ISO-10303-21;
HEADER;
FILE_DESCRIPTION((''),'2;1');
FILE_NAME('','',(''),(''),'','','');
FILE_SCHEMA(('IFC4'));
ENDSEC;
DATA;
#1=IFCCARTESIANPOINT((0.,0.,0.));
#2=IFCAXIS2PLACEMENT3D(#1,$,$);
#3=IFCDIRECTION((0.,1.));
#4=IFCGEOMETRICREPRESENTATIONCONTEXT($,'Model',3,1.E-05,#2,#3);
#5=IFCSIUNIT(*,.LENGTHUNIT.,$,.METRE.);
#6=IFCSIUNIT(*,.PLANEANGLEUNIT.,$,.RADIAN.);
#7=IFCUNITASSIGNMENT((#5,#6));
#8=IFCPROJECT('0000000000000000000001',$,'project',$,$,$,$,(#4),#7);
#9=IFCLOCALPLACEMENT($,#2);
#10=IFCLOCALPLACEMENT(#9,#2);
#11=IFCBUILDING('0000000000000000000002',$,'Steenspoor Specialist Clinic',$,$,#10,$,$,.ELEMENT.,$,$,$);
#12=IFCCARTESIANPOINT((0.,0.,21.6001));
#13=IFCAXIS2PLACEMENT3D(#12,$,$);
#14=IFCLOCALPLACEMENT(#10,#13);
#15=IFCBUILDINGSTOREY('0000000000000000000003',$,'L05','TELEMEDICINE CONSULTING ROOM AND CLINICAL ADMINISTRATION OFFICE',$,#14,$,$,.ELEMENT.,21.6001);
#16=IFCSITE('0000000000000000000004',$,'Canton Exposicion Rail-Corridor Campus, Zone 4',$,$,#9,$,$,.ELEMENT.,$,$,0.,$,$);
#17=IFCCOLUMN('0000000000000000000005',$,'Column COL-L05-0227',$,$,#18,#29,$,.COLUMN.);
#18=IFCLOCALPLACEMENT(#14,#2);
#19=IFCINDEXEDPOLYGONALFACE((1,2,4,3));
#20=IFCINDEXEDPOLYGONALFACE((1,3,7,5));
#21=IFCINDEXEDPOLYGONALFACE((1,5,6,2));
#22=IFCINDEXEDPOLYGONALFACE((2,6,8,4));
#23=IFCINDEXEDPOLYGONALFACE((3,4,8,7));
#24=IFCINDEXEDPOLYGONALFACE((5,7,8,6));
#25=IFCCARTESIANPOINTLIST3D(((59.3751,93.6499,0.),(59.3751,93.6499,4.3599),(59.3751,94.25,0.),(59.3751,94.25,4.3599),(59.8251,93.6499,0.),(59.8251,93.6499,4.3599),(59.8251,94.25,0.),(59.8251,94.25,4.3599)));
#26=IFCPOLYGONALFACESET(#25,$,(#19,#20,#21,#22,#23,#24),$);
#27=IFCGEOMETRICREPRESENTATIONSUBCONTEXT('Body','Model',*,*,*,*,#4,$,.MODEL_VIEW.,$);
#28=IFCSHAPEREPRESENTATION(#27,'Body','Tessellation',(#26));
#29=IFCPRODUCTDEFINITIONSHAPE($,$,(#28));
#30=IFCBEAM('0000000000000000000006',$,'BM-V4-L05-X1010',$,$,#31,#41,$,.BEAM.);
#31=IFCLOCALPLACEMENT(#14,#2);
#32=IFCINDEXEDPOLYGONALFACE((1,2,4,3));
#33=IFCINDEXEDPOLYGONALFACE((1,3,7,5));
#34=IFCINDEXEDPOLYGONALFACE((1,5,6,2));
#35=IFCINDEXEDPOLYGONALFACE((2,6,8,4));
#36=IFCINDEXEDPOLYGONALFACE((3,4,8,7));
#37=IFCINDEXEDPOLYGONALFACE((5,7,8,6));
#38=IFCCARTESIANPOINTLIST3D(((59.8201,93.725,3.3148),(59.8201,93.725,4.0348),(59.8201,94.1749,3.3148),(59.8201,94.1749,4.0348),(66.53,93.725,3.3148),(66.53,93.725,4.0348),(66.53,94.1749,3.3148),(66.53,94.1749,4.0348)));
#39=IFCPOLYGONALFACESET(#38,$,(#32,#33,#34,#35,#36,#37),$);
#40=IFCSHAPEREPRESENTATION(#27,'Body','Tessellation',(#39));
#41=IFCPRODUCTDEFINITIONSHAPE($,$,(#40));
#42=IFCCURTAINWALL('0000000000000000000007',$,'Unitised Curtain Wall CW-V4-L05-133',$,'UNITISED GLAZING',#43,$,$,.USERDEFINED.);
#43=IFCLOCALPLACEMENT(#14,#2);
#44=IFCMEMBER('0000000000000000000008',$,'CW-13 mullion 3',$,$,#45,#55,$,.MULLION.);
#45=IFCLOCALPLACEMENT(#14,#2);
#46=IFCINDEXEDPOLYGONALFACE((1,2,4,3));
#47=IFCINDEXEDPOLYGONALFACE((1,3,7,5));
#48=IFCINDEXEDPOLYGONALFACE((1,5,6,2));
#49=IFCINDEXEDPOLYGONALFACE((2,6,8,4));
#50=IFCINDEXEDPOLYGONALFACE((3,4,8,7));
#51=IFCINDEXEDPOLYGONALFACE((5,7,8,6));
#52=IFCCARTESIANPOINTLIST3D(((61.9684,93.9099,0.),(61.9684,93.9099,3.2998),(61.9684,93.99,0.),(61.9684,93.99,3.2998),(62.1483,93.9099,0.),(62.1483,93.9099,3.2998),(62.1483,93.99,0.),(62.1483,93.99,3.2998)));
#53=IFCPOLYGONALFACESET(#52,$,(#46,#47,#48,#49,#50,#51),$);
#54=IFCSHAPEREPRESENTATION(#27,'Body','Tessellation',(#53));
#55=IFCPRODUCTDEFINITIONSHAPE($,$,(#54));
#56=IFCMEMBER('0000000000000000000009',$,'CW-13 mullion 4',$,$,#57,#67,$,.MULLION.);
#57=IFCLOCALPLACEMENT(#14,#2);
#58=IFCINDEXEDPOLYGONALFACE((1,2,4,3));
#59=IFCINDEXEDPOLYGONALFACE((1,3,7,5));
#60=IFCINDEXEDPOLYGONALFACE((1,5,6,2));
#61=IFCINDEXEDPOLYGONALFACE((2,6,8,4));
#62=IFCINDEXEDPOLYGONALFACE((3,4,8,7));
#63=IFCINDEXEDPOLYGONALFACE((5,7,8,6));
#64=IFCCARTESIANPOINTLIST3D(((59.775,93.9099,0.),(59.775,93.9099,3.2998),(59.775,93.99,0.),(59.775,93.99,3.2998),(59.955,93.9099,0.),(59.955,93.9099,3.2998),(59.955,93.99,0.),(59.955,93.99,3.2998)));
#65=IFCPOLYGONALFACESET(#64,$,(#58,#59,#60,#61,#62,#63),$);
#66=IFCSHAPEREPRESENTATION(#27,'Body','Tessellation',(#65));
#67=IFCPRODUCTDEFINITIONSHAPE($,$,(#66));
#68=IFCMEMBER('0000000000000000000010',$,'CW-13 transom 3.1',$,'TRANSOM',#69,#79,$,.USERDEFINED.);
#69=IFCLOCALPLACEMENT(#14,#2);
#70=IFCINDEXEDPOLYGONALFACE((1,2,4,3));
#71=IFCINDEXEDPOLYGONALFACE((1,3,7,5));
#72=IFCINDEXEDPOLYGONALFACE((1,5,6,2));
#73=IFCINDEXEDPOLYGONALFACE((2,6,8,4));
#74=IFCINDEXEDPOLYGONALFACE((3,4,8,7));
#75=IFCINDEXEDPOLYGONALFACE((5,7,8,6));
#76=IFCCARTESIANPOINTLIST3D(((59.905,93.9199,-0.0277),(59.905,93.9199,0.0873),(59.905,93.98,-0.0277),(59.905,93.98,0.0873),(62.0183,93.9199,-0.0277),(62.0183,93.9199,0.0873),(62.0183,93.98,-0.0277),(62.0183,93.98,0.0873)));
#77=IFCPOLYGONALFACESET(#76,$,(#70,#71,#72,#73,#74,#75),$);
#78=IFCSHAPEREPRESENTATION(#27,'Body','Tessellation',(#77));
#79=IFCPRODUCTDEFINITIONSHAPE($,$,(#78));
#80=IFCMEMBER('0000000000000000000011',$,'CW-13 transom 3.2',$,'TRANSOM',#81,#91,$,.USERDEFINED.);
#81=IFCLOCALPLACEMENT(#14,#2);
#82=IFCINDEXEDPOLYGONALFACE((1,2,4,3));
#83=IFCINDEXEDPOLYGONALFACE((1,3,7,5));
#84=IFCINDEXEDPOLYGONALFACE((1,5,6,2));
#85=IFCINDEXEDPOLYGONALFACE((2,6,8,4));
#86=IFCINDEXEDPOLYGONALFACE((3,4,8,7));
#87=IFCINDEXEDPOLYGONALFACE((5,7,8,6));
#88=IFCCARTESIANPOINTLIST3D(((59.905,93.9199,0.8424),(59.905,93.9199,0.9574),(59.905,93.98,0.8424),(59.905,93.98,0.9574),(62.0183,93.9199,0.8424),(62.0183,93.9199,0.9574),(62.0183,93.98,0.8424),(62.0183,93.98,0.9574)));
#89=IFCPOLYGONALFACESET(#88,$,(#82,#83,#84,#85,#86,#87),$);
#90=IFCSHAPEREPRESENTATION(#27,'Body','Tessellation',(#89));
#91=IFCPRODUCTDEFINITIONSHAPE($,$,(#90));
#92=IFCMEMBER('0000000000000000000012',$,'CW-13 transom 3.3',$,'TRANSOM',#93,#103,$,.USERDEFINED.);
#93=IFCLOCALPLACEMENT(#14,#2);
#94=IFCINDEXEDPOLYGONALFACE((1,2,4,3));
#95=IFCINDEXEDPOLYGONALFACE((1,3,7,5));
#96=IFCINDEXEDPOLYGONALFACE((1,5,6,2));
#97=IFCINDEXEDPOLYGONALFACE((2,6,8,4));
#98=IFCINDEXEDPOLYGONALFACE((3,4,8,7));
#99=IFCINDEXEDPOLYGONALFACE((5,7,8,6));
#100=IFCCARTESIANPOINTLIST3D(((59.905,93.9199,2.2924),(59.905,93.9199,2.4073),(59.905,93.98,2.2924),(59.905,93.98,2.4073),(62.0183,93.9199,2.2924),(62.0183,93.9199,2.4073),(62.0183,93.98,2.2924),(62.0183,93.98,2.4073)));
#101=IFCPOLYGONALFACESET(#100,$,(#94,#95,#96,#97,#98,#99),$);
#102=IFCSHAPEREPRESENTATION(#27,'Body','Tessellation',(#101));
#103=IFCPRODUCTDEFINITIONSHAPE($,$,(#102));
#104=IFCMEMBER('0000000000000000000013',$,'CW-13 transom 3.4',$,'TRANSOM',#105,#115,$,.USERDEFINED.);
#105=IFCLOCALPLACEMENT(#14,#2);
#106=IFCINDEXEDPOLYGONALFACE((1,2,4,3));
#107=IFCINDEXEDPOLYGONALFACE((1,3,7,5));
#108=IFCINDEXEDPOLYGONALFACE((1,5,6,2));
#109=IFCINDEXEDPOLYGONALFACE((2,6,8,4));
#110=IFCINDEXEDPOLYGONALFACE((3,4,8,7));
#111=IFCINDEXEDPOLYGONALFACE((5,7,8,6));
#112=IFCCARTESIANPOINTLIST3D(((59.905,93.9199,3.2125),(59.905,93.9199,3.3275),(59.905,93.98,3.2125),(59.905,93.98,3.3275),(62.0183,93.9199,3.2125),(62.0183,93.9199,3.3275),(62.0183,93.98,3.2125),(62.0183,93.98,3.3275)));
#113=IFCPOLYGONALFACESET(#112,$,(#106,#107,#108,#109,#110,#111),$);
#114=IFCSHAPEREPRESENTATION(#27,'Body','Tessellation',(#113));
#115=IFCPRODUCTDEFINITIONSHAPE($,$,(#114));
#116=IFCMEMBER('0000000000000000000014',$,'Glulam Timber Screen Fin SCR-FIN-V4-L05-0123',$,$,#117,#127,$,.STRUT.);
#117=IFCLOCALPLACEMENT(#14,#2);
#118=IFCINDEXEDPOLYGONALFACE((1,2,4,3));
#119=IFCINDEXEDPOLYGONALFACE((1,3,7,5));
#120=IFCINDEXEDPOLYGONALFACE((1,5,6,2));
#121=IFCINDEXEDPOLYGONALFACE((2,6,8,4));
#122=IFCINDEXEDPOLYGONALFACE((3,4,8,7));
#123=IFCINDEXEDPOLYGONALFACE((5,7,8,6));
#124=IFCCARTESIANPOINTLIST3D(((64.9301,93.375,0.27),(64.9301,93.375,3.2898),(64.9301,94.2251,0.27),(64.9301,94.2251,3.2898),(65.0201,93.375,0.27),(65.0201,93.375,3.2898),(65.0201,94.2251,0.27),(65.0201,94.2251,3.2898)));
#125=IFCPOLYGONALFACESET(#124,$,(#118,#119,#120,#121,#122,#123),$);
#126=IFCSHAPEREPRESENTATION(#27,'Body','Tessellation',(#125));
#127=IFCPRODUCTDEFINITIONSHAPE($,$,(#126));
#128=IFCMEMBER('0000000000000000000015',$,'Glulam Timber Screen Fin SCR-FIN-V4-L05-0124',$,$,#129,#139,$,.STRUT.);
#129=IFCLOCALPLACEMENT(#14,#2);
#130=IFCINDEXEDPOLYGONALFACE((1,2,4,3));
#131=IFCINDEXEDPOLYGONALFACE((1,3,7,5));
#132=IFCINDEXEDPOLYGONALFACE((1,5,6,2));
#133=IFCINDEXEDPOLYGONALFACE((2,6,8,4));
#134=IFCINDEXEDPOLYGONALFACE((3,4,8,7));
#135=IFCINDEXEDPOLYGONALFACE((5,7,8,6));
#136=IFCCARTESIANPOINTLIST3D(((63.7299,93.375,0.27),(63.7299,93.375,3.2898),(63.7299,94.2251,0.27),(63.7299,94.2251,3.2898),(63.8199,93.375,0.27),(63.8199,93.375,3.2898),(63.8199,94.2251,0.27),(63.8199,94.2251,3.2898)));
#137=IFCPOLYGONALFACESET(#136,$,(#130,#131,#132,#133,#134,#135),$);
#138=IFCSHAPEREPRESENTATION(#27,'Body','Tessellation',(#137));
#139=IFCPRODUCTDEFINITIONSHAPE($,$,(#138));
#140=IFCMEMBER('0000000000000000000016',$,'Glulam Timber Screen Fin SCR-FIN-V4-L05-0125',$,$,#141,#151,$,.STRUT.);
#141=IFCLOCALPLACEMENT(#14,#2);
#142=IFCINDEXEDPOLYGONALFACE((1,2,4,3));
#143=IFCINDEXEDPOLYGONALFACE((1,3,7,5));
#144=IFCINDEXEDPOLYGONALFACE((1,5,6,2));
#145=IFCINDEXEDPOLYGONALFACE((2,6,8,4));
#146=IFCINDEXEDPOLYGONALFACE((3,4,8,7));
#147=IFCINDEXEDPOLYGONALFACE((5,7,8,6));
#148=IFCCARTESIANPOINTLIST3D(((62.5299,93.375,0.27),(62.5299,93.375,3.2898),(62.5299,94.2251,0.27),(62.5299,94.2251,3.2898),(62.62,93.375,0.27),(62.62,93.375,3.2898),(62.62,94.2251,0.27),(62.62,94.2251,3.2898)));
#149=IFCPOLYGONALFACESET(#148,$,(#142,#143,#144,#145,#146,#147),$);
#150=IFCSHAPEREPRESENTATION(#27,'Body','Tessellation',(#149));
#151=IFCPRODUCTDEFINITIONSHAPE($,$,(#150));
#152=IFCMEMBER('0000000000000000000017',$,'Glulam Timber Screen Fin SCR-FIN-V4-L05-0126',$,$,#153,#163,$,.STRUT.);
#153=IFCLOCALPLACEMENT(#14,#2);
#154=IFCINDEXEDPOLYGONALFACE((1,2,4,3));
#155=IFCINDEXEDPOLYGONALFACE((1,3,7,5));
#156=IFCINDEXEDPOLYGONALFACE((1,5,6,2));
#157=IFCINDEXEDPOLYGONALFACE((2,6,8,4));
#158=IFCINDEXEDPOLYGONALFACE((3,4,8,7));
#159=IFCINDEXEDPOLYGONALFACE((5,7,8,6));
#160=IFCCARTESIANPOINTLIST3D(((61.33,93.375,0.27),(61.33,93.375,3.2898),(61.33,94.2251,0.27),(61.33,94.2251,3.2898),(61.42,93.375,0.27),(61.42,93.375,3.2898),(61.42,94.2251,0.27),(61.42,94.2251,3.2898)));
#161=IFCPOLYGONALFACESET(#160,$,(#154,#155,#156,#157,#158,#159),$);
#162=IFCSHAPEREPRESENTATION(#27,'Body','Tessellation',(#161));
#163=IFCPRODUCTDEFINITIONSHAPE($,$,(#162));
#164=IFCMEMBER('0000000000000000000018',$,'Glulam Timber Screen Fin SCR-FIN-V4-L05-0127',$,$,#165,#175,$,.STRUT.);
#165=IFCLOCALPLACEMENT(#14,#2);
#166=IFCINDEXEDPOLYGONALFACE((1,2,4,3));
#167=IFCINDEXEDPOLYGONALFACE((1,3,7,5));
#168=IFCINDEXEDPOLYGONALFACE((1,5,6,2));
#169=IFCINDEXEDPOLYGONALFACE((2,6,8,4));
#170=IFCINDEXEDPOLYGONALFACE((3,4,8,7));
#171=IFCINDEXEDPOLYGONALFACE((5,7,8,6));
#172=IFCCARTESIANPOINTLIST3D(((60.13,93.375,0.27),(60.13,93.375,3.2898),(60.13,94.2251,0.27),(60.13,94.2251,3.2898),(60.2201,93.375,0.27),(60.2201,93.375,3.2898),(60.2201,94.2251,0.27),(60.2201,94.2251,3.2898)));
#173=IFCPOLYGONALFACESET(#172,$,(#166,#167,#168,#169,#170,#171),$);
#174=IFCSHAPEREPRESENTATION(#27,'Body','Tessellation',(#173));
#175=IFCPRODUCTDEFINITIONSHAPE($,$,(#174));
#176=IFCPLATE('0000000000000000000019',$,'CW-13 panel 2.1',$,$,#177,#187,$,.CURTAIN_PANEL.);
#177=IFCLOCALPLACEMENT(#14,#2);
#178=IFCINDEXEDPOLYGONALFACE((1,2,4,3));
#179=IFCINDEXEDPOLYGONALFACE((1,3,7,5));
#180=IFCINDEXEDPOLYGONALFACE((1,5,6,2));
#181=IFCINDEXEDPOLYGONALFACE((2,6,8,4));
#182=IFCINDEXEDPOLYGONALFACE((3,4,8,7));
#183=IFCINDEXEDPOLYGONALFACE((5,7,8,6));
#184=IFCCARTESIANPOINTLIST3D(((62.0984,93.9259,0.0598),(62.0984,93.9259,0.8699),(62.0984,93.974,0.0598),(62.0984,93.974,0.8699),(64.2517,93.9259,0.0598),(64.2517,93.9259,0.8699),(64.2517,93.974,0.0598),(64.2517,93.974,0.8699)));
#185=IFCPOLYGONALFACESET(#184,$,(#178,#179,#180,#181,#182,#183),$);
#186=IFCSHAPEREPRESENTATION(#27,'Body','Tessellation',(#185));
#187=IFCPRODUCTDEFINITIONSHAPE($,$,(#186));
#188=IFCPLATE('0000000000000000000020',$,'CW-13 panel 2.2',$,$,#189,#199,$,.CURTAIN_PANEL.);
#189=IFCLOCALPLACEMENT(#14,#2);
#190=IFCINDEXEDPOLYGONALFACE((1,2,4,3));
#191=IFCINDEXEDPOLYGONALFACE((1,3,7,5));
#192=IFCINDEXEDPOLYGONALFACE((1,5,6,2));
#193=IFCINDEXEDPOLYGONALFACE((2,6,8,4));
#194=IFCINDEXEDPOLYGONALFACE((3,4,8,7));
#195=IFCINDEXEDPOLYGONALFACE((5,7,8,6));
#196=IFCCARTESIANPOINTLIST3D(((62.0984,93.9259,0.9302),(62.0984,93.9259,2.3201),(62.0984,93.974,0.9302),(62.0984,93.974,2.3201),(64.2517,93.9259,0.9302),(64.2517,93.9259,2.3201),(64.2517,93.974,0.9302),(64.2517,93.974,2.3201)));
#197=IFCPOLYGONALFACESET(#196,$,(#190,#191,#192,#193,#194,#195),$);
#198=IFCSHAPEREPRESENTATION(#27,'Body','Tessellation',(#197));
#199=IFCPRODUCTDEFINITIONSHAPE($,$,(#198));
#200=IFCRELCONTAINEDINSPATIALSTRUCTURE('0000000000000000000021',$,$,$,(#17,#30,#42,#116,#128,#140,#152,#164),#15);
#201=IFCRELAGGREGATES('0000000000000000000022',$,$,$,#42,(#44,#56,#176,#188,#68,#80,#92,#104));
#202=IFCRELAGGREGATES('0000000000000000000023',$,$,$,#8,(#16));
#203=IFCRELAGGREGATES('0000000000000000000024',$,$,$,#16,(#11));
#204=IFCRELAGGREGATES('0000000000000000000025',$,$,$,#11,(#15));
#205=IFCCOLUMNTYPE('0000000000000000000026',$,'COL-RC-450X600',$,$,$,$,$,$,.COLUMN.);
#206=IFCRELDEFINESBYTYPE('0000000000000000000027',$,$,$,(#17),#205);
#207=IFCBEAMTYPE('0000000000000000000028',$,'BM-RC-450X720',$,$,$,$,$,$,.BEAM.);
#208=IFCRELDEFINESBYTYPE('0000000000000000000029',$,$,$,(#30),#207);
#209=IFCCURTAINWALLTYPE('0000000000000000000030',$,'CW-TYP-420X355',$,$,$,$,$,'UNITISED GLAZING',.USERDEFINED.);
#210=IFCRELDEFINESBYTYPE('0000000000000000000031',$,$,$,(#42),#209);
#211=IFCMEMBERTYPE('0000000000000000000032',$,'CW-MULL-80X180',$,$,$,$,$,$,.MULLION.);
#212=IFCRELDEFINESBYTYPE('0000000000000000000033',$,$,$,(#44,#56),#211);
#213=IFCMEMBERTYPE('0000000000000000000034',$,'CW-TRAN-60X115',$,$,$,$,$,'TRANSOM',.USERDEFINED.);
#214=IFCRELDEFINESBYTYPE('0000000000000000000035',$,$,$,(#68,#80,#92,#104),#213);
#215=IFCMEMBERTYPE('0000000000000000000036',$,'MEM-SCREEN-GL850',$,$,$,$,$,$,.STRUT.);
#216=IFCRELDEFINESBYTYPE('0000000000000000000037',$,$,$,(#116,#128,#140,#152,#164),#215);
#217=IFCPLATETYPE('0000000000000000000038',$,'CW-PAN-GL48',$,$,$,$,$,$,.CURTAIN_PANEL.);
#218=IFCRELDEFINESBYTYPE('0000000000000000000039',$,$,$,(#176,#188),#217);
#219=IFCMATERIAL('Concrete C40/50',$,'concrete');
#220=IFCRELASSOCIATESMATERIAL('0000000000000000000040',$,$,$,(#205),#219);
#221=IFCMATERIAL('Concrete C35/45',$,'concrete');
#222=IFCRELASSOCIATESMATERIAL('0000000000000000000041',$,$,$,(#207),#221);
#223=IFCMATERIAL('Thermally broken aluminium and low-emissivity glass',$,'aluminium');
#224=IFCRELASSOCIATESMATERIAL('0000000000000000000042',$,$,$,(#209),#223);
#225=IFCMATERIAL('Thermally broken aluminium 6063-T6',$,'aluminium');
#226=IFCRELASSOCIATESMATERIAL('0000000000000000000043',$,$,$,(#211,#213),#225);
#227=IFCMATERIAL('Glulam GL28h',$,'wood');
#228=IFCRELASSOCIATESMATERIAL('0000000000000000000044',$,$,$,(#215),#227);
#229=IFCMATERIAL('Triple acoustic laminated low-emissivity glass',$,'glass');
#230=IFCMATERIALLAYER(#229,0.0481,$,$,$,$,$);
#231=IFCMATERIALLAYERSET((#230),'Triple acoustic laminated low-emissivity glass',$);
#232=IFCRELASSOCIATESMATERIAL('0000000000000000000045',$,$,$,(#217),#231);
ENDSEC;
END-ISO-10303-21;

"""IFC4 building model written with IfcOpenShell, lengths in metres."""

from ifc_helpers import new_model, si_unit, direction, frame, origin, origin_2d, place, context, subcontext, project, spatial, rectangle, extrude, material, layer, layer_set, material_profile, profile_set, type_object, element, aggregate, save


model = new_model("IFC4")

# Units and contexts
model_context = context("Model", 3, precision=1e-05, world=origin(), true_north=direction((0.0, 1.0)))
body_context = subcontext(model_context, "Body", "Model", "MODEL_VIEW")
ifc_project = project(units=[si_unit("LENGTHUNIT", "METRE"), si_unit("PLANEANGLEUNIT", "RADIAN")], contexts=[model_context])

# Site, building, storey
site_placement = place(None, origin())
site = spatial("IfcSite", under=ifc_project, at=site_placement, Name="Canton Exposicion Rail-Corridor Campus, Zone 4", CompositionType="ELEMENT", RefElevation=0.0)
building_placement = place(site_placement, origin())
building = spatial("IfcBuilding", under=site, at=building_placement, Name="Steenspoor Specialist Clinic", CompositionType="ELEMENT")
storey_placement = place(building_placement, frame((0.0, 0.0, 21.6001)))
storey = spatial("IfcBuildingStorey", under=building, at=storey_placement, Name="L05", Description="TELEMEDICINE CONSULTING ROOM AND CLINICAL ADMINISTRATION OFFICE", CompositionType="ELEMENT", Elevation=21.6001)

# Column
ifc_material_1 = material(Name="Concrete C40/50", Category="concrete")
ifc_material_profile_1 = material_profile(ifc_material_1, rectangle(XDim=0.45, YDim=0.6001, at=origin_2d()), Name="RC-COL-450X600")
ifc_profile_set_1 = profile_set([ifc_material_profile_1], Name="Concrete C40/50")
column_type = type_object("IfcColumnType", Name="COL-RC-450X600", PredefinedType="COLUMN", material=ifc_profile_set_1)
column_placement = place(storey_placement, frame((59.6001, 93.95, 0.0), z_axis=(0.0, 0.0, 1.0), x_axis=(1.0, 0.0, 0.0)))
element("IfcColumn", 1, at=column_placement, inside=storey, type_object=column_type, Name="Column COL-L05-0227", PredefinedType="COLUMN", context=body_context, shape_type="SweptSolid", body=[
    extrude(rectangle(XDim=0.45, YDim=0.6001, at=origin_2d()), origin(), (0.0, 0.0, 1.0), 4.3599),
])

# Beam
ifc_material_2 = material(Name="Concrete C35/45", Category="concrete")
ifc_material_profile_2 = material_profile(ifc_material_2, rectangle(XDim=0.45, YDim=0.72, at=origin_2d()), Name="RC-BM-450X720")
ifc_profile_set_2 = profile_set([ifc_material_profile_2], Name="Concrete C35/45")
beam_type = type_object("IfcBeamType", Name="BM-RC-450X720", PredefinedType="BEAM", material=ifc_profile_set_2)
beam_placement = place(storey_placement, frame((59.8201, 93.95, 3.6748), z_axis=(1.0, 0.0, 0.0), x_axis=(0.0, 1.0, 0.0)))
element("IfcBeam", 2, at=beam_placement, inside=storey, type_object=beam_type, Name="BM-V4-L05-X1010", PredefinedType="BEAM", context=body_context, shape_type="SweptSolid", body=[
    extrude(rectangle(XDim=0.45, YDim=0.72, at=origin_2d()), origin(), (0.0, 0.0, 1.0), 6.71),
])

# Curtain wall, members
ifc_material_3 = material(Name="Thermally broken aluminium and low-emissivity glass", Category="aluminium")
curtain_wall_type = type_object("IfcCurtainWallType", Name="CW-TYP-420X355", ElementType="UNITISED GLAZING", PredefinedType="USERDEFINED", material=ifc_material_3)
curtain_wall_placement = place(storey_placement, origin())
curtain_wall = element("IfcCurtainWall", 3, at=curtain_wall_placement, inside=storey, type_object=curtain_wall_type, Name="Unitised Curtain Wall CW-V4-L05-133", ObjectType="UNITISED GLAZING", PredefinedType="USERDEFINED")
ifc_material_4 = material(Name="Thermally broken aluminium 6063-T6", Category="aluminium")
ifc_material_profile_3 = material_profile(ifc_material_4, rectangle(XDim=0.0801, YDim=0.1799, at=origin_2d()), Name="CWM-80X180")
ifc_profile_set_3 = profile_set([ifc_material_profile_3], Name="Thermally broken aluminium 6063-T6")
member_type_1 = type_object("IfcMemberType", Name="CW-MULL-80X180", PredefinedType="MULLION", material=ifc_profile_set_3)
member_1_placement = place(storey_placement, frame((62.0583, 93.95, 0.0), z_axis=(0.0, 0.0, 1.0), x_axis=(0.0, -1.0, 0.0)))
member_1 = element("IfcMember", 4, at=member_1_placement, type_object=member_type_1, Name="CW-13 mullion 3", PredefinedType="MULLION", context=body_context, shape_type="SweptSolid", body=[
    extrude(rectangle(XDim=0.0801, YDim=0.1799, at=origin_2d()), origin(), (0.0, 0.0, 1.0), 3.2998),
])
member_2_placement = place(storey_placement, frame((59.865, 93.95, 0.0), z_axis=(0.0, 0.0, 1.0), x_axis=(0.0, -1.0, 0.0)))
member_2 = element("IfcMember", 5, at=member_2_placement, type_object=member_type_1, Name="CW-13 mullion 4", PredefinedType="MULLION", context=body_context, shape_type="SweptSolid", body=[
    extrude(rectangle(XDim=0.0801, YDim=0.1799, at=origin_2d()), origin(), (0.0, 0.0, 1.0), 3.2998),
])
ifc_material_profile_4 = material_profile(ifc_material_4, rectangle(XDim=0.0601, YDim=0.115, at=origin_2d()), Name="CWT-60X115")
ifc_profile_set_4 = profile_set([ifc_material_profile_4], Name="Thermally broken aluminium 6063-T6")
member_type_2 = type_object("IfcMemberType", Name="CW-TRAN-60X115", ElementType="TRANSOM", PredefinedType="USERDEFINED", material=ifc_profile_set_4)
member_3_placement = place(storey_placement, frame((62.0183, 93.95, 0.0298), z_axis=(-1.0, 0.0, 0.0), x_axis=(0.0, -1.0, 0.0)))
member_3 = element("IfcMember", 6, at=member_3_placement, type_object=member_type_2, Name="CW-13 transom 3.1", ObjectType="TRANSOM", PredefinedType="USERDEFINED", context=body_context, shape_type="SweptSolid", body=[
    extrude(rectangle(XDim=0.0601, YDim=0.115, at=origin_2d()), origin(), (0.0, 0.0, 1.0), 2.1133),
])
member_4_placement = place(storey_placement, frame((62.0183, 93.95, 0.8999), z_axis=(-1.0, 0.0, 0.0), x_axis=(0.0, -1.0, 0.0)))
member_4 = element("IfcMember", 7, at=member_4_placement, type_object=member_type_2, Name="CW-13 transom 3.2", ObjectType="TRANSOM", PredefinedType="USERDEFINED", context=body_context, shape_type="SweptSolid", body=[
    extrude(rectangle(XDim=0.0601, YDim=0.115, at=origin_2d()), origin(), (0.0, 0.0, 1.0), 2.1133),
])
member_5_placement = place(storey_placement, frame((62.0183, 93.95, 2.3499), z_axis=(-1.0, 0.0, 0.0), x_axis=(0.0, -1.0, 0.0)))
member_5 = element("IfcMember", 8, at=member_5_placement, type_object=member_type_2, Name="CW-13 transom 3.3", ObjectType="TRANSOM", PredefinedType="USERDEFINED", context=body_context, shape_type="SweptSolid", body=[
    extrude(rectangle(XDim=0.0601, YDim=0.115, at=origin_2d()), origin(), (0.0, 0.0, 1.0), 2.1133),
])
member_6_placement = place(storey_placement, frame((62.0183, 93.95, 3.27), z_axis=(-1.0, 0.0, 0.0), x_axis=(0.0, -1.0, 0.0)))
member_6 = element("IfcMember", 9, at=member_6_placement, type_object=member_type_2, Name="CW-13 transom 3.4", ObjectType="TRANSOM", PredefinedType="USERDEFINED", context=body_context, shape_type="SweptSolid", body=[
    extrude(rectangle(XDim=0.0601, YDim=0.115, at=origin_2d()), origin(), (0.0, 0.0, 1.0), 2.1133),
])

# Members
ifc_material_5 = material(Name="Glulam GL28h", Category="wood")
ifc_material_profile_5 = material_profile(ifc_material_5, rectangle(XDim=0.0901, YDim=0.8501, at=origin_2d()), Name="GL28H-90X850")
ifc_profile_set_5 = profile_set([ifc_material_profile_5], Name="Glulam GL28h")
member_type_3 = type_object("IfcMemberType", Name="MEM-SCREEN-GL850", PredefinedType="STRUT", material=ifc_profile_set_5)
for number, where, z_axis, x_axis, name in (
    (10, (64.9751, 93.8, 0.27), (0.0, 0.0, 1.0), (-1.0, 0.0, 0.0), "Glulam Timber Screen Fin SCR-FIN-V4-L05-0123"),
    (11, (63.7749, 93.8, 0.27), (0.0, 0.0, 1.0), (-1.0, 0.0, 0.0), "Glulam Timber Screen Fin SCR-FIN-V4-L05-0124"),
    (12, (62.575, 93.8, 0.27), (0.0, 0.0, 1.0), (-1.0, 0.0, 0.0), "Glulam Timber Screen Fin SCR-FIN-V4-L05-0125"),
    (13, (61.375, 93.8, 0.27), (0.0, 0.0, 1.0), (-1.0, 0.0, 0.0), "Glulam Timber Screen Fin SCR-FIN-V4-L05-0126"),
    (14, (60.175, 93.8, 0.27), (0.0, 0.0, 1.0), (-1.0, 0.0, 0.0), "Glulam Timber Screen Fin SCR-FIN-V4-L05-0127"),
):
    element("IfcMember", number, at=place(storey_placement, frame(where, z_axis=z_axis, x_axis=x_axis)), inside=storey, type_object=member_type_3, Name=name, PredefinedType="STRUT", context=body_context, shape_type="SweptSolid", body=[
        extrude(rectangle(XDim=0.0901, YDim=0.8501, at=origin_2d()), origin(), (0.0, 0.0, 1.0), 3.0198),
    ])

# Plates
ifc_material_6 = material(Name="Triple acoustic laminated low-emissivity glass", Category="glass")
ifc_layer = layer(ifc_material_6, 0.0481)
ifc_layer_set = layer_set([ifc_layer], Name="Triple acoustic laminated low-emissivity glass")
plate_type = type_object("IfcPlateType", Name="CW-PAN-GL48", PredefinedType="CURTAIN_PANEL", material=ifc_layer_set)
plate_1_placement = place(storey_placement, frame((63.175, 93.95, 0.0598), z_axis=(0.0, 0.0, 1.0), x_axis=(-1.0, 0.0, 0.0)))
plate_1 = element("IfcPlate", 15, at=plate_1_placement, type_object=plate_type, Name="CW-13 panel 2.1", PredefinedType="CURTAIN_PANEL", context=body_context, shape_type="SweptSolid", body=[
    extrude(rectangle(XDim=2.1533, YDim=0.0481, at=origin_2d()), origin(), (0.0, 0.0, 1.0), 0.8101),
])
plate_2_placement = place(storey_placement, frame((63.175, 93.95, 0.9302), z_axis=(0.0, 0.0, 1.0), x_axis=(-1.0, 0.0, 0.0)))
plate_2 = element("IfcPlate", 16, at=plate_2_placement, type_object=plate_type, Name="CW-13 panel 2.2", PredefinedType="CURTAIN_PANEL", context=body_context, shape_type="SweptSolid", body=[
    extrude(rectangle(XDim=2.1533, YDim=0.0481, at=origin_2d()), origin(), (0.0, 0.0, 1.0), 1.3899),
])
aggregate(curtain_wall, [member_1, member_2, plate_1, plate_2, member_3, member_4, member_5, member_6])

save(model, "model.ifc")
